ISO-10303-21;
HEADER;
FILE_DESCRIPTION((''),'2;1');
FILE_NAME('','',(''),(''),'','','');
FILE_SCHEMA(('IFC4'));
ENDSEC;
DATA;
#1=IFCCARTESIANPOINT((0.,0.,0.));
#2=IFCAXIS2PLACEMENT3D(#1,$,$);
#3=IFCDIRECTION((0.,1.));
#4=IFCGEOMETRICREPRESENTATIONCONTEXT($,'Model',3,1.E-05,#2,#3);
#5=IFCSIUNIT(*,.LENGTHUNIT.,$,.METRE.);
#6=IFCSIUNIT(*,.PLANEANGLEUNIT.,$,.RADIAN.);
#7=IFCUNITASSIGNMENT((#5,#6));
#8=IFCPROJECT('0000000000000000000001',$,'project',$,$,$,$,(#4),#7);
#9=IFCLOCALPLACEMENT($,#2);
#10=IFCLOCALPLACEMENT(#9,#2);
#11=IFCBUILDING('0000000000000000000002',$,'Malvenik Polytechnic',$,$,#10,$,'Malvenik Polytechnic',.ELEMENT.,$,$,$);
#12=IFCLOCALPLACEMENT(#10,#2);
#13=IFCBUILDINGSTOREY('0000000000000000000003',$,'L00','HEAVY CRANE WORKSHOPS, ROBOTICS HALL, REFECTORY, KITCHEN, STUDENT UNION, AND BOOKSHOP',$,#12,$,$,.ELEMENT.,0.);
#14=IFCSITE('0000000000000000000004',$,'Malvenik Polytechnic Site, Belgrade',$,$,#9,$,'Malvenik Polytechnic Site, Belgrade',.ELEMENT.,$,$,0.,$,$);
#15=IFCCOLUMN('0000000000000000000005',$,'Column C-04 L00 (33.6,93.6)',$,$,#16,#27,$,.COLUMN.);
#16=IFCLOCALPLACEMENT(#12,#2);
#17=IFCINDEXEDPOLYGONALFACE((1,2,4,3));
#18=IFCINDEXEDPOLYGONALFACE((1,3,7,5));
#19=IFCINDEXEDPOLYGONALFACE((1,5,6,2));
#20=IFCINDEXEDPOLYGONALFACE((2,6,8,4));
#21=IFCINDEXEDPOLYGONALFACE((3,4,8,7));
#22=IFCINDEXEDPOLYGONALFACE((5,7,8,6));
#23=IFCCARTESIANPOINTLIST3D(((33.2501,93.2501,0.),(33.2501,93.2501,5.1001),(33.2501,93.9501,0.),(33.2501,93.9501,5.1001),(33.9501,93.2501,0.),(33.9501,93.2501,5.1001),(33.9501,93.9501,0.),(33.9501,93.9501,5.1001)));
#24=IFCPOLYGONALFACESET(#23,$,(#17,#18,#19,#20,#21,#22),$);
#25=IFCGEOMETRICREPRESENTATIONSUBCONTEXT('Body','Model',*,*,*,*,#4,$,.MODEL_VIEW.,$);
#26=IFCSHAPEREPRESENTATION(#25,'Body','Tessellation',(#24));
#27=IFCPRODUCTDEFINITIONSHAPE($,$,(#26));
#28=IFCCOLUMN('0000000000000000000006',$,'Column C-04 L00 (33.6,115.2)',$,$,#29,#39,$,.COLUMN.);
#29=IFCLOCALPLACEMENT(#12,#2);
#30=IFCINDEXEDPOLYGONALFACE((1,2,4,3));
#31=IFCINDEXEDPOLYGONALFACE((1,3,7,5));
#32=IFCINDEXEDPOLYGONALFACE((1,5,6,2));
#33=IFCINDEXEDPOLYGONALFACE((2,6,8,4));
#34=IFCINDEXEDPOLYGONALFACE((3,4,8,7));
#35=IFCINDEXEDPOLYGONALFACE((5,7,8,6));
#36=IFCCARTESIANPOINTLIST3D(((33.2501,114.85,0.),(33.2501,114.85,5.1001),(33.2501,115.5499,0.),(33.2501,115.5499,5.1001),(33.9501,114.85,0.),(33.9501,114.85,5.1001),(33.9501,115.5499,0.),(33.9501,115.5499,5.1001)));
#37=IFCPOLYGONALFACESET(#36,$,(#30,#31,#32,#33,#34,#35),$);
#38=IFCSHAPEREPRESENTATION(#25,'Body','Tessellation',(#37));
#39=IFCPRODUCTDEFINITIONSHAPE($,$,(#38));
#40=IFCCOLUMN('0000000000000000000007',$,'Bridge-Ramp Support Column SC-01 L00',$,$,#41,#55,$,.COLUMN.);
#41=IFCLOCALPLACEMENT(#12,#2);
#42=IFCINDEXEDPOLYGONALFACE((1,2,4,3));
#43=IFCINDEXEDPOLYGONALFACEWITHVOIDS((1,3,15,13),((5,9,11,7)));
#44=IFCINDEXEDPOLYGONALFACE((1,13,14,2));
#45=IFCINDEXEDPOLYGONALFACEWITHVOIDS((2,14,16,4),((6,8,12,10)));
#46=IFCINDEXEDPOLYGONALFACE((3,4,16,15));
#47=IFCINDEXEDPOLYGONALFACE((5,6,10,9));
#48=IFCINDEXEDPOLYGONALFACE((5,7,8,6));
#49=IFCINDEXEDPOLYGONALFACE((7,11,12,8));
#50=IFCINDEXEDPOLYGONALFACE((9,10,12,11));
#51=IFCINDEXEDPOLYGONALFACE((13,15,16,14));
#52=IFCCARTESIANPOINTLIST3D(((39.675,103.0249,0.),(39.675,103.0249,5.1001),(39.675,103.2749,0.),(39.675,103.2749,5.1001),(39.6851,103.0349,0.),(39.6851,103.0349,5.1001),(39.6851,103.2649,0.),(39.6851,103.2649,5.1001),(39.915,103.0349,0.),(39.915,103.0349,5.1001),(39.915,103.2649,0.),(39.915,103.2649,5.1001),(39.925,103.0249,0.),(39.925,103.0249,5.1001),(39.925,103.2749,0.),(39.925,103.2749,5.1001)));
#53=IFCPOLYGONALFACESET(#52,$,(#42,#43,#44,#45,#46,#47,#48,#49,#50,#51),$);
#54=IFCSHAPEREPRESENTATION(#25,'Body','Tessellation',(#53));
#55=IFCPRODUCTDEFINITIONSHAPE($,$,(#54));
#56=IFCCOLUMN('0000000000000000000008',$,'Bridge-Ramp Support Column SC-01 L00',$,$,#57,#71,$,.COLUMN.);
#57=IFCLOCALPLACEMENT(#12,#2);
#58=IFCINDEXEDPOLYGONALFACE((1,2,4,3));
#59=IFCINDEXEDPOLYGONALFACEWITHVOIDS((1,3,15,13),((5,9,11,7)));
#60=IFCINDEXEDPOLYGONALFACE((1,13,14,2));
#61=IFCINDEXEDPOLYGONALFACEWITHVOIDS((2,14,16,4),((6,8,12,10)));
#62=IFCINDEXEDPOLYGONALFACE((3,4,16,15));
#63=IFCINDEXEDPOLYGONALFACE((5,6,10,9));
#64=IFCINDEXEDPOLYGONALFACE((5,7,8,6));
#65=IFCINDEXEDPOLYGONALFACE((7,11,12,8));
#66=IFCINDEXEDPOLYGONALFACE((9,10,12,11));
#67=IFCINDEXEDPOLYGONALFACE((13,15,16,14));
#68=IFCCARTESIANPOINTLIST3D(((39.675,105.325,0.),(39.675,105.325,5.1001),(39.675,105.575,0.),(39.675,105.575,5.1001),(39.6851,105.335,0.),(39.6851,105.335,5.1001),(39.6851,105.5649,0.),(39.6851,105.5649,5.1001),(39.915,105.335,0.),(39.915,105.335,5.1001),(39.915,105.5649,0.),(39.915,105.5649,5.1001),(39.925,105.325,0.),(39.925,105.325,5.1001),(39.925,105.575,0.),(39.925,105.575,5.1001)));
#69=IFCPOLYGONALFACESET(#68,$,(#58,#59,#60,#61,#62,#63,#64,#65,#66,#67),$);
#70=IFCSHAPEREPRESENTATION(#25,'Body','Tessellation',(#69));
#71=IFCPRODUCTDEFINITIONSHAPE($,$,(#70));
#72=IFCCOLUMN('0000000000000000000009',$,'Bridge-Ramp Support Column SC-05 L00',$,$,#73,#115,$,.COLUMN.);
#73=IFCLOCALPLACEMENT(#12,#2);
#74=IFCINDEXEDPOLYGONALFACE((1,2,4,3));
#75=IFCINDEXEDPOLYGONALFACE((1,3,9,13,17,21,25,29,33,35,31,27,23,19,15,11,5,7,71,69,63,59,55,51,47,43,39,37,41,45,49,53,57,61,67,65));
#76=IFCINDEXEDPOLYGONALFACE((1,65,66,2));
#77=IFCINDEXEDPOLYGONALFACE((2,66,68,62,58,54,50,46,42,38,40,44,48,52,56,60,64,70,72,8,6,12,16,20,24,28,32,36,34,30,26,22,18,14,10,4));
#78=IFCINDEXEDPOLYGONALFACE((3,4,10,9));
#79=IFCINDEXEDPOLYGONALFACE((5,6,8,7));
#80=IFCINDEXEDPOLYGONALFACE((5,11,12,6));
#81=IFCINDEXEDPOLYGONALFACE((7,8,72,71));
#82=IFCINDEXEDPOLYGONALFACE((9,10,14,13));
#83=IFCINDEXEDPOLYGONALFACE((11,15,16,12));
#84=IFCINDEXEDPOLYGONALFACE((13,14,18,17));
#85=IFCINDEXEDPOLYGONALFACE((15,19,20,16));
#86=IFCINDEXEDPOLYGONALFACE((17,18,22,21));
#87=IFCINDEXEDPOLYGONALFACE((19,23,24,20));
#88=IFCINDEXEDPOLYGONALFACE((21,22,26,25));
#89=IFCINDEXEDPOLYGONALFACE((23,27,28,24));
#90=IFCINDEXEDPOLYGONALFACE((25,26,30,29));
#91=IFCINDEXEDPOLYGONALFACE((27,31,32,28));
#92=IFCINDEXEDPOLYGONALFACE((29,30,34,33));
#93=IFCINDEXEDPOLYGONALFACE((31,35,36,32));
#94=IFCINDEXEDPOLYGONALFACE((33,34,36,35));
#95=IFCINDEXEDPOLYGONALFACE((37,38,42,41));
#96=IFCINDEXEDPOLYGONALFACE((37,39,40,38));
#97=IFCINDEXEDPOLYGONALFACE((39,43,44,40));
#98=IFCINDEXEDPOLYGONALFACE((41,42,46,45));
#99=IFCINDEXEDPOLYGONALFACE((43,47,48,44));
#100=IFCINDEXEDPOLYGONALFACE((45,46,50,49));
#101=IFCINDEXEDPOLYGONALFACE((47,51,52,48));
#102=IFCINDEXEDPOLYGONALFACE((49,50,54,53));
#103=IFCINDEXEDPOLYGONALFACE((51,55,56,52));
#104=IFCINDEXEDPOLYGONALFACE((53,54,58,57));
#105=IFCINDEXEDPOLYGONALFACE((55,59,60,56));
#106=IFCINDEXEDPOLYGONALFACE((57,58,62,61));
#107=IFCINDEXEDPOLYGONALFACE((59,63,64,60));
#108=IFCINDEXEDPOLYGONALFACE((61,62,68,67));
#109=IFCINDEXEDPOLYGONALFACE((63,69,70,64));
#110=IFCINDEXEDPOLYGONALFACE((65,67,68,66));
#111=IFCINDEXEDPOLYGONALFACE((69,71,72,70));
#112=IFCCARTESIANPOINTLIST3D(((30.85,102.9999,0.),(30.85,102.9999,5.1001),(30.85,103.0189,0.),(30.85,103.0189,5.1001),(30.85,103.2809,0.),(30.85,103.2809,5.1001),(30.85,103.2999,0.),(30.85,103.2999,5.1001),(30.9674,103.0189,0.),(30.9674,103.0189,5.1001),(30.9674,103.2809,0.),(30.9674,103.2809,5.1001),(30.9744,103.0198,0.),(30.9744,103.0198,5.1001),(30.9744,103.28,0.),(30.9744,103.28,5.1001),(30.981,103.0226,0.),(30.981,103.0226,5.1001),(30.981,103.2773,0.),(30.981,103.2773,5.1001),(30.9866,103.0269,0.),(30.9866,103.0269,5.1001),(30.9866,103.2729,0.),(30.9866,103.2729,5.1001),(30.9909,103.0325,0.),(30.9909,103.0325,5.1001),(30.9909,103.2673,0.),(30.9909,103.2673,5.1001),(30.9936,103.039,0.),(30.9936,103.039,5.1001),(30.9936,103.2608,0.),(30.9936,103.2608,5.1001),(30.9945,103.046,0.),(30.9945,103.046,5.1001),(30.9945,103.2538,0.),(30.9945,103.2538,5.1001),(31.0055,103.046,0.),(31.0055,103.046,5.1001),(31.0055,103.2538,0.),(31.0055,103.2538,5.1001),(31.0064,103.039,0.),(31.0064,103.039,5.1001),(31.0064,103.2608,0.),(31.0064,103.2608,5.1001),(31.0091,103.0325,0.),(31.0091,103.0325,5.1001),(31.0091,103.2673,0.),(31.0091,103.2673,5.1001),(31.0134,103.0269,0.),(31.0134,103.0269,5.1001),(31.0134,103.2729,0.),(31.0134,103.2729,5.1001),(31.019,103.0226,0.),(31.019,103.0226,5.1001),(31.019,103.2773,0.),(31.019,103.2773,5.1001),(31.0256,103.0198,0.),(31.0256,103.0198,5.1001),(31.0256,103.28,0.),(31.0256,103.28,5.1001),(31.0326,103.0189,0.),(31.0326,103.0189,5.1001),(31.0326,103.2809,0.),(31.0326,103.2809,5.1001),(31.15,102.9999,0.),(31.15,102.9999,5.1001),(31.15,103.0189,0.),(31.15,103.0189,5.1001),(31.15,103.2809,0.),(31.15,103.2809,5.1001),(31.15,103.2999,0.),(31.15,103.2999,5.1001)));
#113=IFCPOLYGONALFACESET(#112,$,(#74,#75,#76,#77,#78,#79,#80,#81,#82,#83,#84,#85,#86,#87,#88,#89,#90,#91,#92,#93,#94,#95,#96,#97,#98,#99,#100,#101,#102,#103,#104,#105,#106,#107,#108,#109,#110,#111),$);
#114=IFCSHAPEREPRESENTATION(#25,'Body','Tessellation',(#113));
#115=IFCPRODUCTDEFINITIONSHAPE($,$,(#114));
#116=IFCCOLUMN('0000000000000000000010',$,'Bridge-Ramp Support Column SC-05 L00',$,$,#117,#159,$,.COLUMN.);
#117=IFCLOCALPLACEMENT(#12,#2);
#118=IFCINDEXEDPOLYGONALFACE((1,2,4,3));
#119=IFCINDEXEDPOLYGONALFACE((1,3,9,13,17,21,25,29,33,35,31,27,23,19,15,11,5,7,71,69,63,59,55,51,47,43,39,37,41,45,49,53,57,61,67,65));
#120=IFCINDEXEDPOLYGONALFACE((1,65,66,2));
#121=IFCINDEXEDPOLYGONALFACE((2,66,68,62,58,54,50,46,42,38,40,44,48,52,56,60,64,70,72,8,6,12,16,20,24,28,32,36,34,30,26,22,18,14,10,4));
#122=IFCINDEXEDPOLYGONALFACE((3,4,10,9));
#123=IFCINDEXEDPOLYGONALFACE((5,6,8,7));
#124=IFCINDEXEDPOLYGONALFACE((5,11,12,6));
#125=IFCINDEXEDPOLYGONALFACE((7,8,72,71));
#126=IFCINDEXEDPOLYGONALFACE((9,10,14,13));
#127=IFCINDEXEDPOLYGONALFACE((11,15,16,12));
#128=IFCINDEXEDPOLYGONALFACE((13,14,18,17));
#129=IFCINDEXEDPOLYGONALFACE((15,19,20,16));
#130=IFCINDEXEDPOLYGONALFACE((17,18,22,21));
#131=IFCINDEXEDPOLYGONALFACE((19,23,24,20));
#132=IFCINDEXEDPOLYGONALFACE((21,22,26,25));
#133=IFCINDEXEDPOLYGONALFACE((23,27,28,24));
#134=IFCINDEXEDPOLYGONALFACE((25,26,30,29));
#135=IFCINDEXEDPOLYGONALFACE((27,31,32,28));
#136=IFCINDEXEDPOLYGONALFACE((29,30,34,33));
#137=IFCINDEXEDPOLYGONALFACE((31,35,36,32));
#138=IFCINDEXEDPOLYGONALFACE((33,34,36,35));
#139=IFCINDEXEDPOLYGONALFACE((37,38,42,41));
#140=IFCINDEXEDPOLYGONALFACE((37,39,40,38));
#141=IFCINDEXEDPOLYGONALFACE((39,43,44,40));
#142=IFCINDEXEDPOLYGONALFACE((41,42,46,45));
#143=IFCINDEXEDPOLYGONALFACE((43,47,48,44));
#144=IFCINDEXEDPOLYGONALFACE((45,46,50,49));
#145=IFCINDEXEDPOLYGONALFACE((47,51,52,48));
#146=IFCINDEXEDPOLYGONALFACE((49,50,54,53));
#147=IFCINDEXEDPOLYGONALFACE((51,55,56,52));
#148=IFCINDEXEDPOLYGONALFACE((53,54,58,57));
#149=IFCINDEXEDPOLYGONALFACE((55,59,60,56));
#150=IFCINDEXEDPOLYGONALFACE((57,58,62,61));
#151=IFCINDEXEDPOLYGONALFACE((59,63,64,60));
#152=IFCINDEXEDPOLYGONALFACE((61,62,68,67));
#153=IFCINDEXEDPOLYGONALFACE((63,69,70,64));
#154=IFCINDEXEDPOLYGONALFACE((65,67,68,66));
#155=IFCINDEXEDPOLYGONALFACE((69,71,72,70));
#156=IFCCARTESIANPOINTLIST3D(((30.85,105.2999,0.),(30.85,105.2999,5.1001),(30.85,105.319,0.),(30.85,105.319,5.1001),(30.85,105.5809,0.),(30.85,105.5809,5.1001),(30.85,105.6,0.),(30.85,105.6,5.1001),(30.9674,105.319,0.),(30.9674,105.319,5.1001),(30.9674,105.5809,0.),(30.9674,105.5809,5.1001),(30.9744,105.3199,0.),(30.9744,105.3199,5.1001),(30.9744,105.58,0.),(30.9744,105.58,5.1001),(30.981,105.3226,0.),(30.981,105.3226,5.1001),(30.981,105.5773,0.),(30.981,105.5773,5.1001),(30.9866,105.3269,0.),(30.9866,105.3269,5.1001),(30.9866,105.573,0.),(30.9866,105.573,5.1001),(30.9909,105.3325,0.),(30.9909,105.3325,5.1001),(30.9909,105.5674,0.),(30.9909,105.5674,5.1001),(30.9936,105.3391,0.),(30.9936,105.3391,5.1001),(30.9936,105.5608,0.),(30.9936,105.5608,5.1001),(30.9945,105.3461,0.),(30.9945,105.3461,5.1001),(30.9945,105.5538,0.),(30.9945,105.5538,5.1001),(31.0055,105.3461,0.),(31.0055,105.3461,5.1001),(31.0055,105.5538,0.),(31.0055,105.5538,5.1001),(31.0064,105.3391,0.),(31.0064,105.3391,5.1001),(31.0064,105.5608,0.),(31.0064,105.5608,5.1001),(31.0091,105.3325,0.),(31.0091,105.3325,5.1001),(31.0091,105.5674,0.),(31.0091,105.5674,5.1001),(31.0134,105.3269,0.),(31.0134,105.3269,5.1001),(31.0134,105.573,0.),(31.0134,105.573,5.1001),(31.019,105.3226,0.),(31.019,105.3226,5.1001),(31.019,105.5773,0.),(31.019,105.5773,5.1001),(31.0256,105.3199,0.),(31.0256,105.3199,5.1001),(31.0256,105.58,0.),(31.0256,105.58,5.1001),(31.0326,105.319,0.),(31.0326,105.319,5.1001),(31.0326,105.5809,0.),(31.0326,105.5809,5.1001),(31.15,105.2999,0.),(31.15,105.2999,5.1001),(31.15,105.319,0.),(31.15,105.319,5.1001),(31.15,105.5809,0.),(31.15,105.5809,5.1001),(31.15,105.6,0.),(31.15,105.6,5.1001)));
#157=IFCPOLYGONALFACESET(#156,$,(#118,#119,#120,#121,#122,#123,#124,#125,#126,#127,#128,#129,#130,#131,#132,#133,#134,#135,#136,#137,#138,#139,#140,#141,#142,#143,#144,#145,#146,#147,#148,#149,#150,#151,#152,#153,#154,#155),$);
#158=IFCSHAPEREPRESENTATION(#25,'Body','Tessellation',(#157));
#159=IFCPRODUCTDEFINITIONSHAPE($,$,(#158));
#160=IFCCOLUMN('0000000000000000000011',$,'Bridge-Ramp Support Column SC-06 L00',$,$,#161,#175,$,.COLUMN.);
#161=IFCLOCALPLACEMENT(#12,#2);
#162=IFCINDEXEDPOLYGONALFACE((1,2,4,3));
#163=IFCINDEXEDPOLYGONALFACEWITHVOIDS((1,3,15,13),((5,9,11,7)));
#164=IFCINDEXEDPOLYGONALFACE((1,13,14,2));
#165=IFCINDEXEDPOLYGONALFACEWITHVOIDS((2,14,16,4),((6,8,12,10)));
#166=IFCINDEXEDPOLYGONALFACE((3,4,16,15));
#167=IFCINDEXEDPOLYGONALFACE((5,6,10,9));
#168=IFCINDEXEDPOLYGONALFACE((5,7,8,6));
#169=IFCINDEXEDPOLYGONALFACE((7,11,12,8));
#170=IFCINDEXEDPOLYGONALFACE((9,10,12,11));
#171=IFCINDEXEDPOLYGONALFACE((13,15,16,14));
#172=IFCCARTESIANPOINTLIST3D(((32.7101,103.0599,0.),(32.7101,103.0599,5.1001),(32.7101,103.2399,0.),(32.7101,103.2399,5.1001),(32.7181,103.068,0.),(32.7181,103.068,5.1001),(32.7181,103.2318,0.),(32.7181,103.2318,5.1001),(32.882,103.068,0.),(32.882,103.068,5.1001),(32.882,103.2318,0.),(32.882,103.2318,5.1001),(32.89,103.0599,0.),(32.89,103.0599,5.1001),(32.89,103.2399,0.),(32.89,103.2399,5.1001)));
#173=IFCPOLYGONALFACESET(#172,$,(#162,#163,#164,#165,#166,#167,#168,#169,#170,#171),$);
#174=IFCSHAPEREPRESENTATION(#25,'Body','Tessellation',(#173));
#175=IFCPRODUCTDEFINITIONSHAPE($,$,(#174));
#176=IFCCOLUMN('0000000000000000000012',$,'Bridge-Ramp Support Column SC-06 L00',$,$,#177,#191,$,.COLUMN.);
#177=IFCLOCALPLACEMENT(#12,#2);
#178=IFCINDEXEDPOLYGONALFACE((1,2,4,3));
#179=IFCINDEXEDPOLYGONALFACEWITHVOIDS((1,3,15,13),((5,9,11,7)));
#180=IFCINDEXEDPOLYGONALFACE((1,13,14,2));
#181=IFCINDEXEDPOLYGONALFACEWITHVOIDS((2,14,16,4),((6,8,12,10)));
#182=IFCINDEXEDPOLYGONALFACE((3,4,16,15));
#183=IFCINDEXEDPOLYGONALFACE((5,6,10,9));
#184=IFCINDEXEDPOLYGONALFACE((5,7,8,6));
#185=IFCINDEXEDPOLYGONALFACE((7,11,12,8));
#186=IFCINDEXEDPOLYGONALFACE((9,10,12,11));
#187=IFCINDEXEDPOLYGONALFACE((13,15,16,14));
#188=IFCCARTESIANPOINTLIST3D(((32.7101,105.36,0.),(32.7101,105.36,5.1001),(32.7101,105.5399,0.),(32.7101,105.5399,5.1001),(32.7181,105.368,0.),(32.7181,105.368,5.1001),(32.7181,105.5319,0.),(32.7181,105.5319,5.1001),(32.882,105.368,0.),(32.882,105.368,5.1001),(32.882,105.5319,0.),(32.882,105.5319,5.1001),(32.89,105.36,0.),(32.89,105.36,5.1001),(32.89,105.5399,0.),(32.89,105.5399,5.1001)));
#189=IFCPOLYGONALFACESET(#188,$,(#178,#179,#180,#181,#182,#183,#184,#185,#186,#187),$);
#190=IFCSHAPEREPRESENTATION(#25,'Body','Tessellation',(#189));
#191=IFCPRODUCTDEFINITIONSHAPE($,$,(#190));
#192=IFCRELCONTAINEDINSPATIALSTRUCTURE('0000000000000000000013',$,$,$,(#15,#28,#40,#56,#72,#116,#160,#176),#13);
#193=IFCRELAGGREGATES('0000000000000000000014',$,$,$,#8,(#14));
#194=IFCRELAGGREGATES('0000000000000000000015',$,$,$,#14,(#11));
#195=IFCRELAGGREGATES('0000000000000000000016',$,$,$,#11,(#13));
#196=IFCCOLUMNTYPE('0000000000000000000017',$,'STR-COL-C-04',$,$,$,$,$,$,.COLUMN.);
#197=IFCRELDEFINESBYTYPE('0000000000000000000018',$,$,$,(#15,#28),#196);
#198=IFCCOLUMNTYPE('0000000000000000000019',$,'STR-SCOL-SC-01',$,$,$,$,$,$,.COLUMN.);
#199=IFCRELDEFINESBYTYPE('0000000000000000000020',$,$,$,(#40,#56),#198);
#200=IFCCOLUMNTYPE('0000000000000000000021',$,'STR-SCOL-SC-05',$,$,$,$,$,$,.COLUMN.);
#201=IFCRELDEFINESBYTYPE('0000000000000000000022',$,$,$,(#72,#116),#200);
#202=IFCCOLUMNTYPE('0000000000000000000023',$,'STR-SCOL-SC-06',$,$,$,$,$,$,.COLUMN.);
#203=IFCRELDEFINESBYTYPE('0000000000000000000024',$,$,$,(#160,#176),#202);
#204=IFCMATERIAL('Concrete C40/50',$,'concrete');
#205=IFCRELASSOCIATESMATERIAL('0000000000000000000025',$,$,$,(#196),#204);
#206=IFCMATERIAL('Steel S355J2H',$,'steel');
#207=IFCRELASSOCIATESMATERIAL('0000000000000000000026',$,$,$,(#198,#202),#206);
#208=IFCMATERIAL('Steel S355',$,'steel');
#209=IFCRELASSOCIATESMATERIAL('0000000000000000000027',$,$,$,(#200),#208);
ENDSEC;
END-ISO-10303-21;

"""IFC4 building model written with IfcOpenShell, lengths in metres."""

from ifc_helpers import new_model, si_unit, direction, frame, origin, origin_2d, place, context, subcontext, project, spatial, rectangle, hollow_rectangle, i_section, extrude, material, material_profile, profile_set, type_object, element, save


model = new_model("IFC4")

# Units and contexts
model_context = context("Model", 3, precision=1e-05, world=origin(), true_north=direction((0.0, 1.0)))
body_context = subcontext(model_context, "Body", "Model", "MODEL_VIEW")
ifc_project = project(units=[si_unit("LENGTHUNIT", "METRE"), si_unit("PLANEANGLEUNIT", "RADIAN")], contexts=[model_context])

# Site, building, storey
site_placement = place(None, origin())
site = spatial("IfcSite", under=ifc_project, at=site_placement, Name="Malvenik Polytechnic Site, Belgrade", LongName="Malvenik Polytechnic Site, Belgrade", CompositionType="ELEMENT", RefElevation=0.0)
building_placement = place(site_placement, origin())
building = spatial("IfcBuilding", under=site, at=building_placement, Name="Malvenik Polytechnic", LongName="Malvenik Polytechnic", CompositionType="ELEMENT")
storey_placement = place(building_placement, origin())
storey = spatial("IfcBuildingStorey", under=building, at=storey_placement, Name="L00", Description="HEAVY CRANE WORKSHOPS, ROBOTICS HALL, REFECTORY, KITCHEN, STUDENT UNION, AND BOOKSHOP", CompositionType="ELEMENT", Elevation=0.0)

# Columns
ifc_material_1 = material(Name="Concrete C40/50", Category="concrete")
ifc_material_profile_1 = material_profile(ifc_material_1, rectangle(XDim=0.7, YDim=0.7, at=origin_2d()), Name="RC COL 700x700")
ifc_profile_set_1 = profile_set([ifc_material_profile_1], Name="Concrete C40/50")
column_type_1 = type_object("IfcColumnType", Name="STR-COL-C-04", PredefinedType="COLUMN", material=ifc_profile_set_1)
for number, where, z_axis, x_axis, name in (
    (1, (33.6001, 93.6001, 0.0), (0.0, 0.0, 1.0), (1.0, 0.0, 0.0), "Column C-04 L00 (33.6,93.6)"),
    (2, (33.6001, 115.2, 0.0), (0.0, 0.0, 1.0), (1.0, 0.0, 0.0), "Column C-04 L00 (33.6,115.2)"),
):
    element("IfcColumn", number, at=place(storey_placement, frame(where, z_axis=z_axis, x_axis=x_axis)), inside=storey, type_object=column_type_1, Name=name, PredefinedType="COLUMN", context=body_context, shape_type="SweptSolid", body=[
        extrude(rectangle(XDim=0.7, YDim=0.7, at=origin_2d()), origin(), (0.0, 0.0, 1.0), 5.1001),
    ])
ifc_material_2 = material(Name="Steel S355J2H", Category="steel")
ifc_material_profile_2 = material_profile(ifc_material_2, hollow_rectangle(XDim=0.25, YDim=0.25, WallThickness=0.01, at=origin_2d()), Name="SHS 250x250x10.0")
ifc_profile_set_2 = profile_set([ifc_material_profile_2], Name="Steel S355J2H")
column_type_2 = type_object("IfcColumnType", Name="STR-SCOL-SC-01", PredefinedType="COLUMN", material=ifc_profile_set_2)
for number, where, z_axis, x_axis, name in (
    (3, (39.8, 103.1499, 0.0), (0.0, 0.0, 1.0), (1.0, 0.0, 0.0), "Bridge-Ramp Support Column SC-01 L00"),
    (4, (39.8, 105.45, 0.0), (0.0, 0.0, 1.0), (1.0, 0.0, 0.0), "Bridge-Ramp Support Column SC-01 L00"),
):
    element("IfcColumn", number, at=place(storey_placement, frame(where, z_axis=z_axis, x_axis=x_axis)), inside=storey, type_object=column_type_2, Name=name, PredefinedType="COLUMN", context=body_context, shape_type="SweptSolid", body=[
        extrude(hollow_rectangle(XDim=0.25, YDim=0.25, WallThickness=0.01, at=origin_2d()), origin(), (0.0, 0.0, 1.0), 5.1001),
    ])
ifc_material_3 = material(Name="Steel S355", Category="steel")
ifc_material_profile_3 = material_profile(ifc_material_3, i_section(OverallWidth=0.3, OverallDepth=0.3, WebThickness=0.011, FlangeThickness=0.019, FilletRadius=0.0271, at=origin_2d()), Name="HEB 300")
ifc_profile_set_3 = profile_set([ifc_material_profile_3], Name="Steel S355")
column_type_3 = type_object("IfcColumnType", Name="STR-SCOL-SC-05", PredefinedType="COLUMN", material=ifc_profile_set_3)
for number, where, z_axis, x_axis, name in (
    (5, (31.0, 103.1499, 0.0), (0.0, 0.0, 1.0), (1.0, 0.0, 0.0), "Bridge-Ramp Support Column SC-05 L00"),
    (6, (31.0, 105.45, 0.0), (0.0, 0.0, 1.0), (1.0, 0.0, 0.0), "Bridge-Ramp Support Column SC-05 L00"),
):
    element("IfcColumn", number, at=place(storey_placement, frame(where, z_axis=z_axis, x_axis=x_axis)), inside=storey, type_object=column_type_3, Name=name, PredefinedType="COLUMN", context=body_context, shape_type="SweptSolid", body=[
        extrude(i_section(OverallWidth=0.3, OverallDepth=0.3, WebThickness=0.011, FlangeThickness=0.019, FilletRadius=0.0271, at=origin_2d()), origin(), (0.0, 0.0, 1.0), 5.1001),
    ])
ifc_material_profile_4 = material_profile(ifc_material_2, hollow_rectangle(XDim=0.1799, YDim=0.1799, WallThickness=0.0081, at=origin_2d()), Name="SHS 180x180x8.0")
ifc_profile_set_4 = profile_set([ifc_material_profile_4], Name="Steel S355J2H")
column_type_4 = type_object("IfcColumnType", Name="STR-SCOL-SC-06", PredefinedType="COLUMN", material=ifc_profile_set_4)
for number, where, z_axis, x_axis, name in (
    (7, (32.8, 103.1499, 0.0), (0.0, 0.0, 1.0), (1.0, 0.0, 0.0), "Bridge-Ramp Support Column SC-06 L00"),
    (8, (32.8, 105.45, 0.0), (0.0, 0.0, 1.0), (1.0, 0.0, 0.0), "Bridge-Ramp Support Column SC-06 L00"),
):
    element("IfcColumn", number, at=place(storey_placement, frame(where, z_axis=z_axis, x_axis=x_axis)), inside=storey, type_object=column_type_4, Name=name, PredefinedType="COLUMN", context=body_context, shape_type="SweptSolid", body=[
        extrude(hollow_rectangle(XDim=0.1799, YDim=0.1799, WallThickness=0.0081, at=origin_2d()), origin(), (0.0, 0.0, 1.0), 5.1001),
    ])

save(model, "model.ifc")
